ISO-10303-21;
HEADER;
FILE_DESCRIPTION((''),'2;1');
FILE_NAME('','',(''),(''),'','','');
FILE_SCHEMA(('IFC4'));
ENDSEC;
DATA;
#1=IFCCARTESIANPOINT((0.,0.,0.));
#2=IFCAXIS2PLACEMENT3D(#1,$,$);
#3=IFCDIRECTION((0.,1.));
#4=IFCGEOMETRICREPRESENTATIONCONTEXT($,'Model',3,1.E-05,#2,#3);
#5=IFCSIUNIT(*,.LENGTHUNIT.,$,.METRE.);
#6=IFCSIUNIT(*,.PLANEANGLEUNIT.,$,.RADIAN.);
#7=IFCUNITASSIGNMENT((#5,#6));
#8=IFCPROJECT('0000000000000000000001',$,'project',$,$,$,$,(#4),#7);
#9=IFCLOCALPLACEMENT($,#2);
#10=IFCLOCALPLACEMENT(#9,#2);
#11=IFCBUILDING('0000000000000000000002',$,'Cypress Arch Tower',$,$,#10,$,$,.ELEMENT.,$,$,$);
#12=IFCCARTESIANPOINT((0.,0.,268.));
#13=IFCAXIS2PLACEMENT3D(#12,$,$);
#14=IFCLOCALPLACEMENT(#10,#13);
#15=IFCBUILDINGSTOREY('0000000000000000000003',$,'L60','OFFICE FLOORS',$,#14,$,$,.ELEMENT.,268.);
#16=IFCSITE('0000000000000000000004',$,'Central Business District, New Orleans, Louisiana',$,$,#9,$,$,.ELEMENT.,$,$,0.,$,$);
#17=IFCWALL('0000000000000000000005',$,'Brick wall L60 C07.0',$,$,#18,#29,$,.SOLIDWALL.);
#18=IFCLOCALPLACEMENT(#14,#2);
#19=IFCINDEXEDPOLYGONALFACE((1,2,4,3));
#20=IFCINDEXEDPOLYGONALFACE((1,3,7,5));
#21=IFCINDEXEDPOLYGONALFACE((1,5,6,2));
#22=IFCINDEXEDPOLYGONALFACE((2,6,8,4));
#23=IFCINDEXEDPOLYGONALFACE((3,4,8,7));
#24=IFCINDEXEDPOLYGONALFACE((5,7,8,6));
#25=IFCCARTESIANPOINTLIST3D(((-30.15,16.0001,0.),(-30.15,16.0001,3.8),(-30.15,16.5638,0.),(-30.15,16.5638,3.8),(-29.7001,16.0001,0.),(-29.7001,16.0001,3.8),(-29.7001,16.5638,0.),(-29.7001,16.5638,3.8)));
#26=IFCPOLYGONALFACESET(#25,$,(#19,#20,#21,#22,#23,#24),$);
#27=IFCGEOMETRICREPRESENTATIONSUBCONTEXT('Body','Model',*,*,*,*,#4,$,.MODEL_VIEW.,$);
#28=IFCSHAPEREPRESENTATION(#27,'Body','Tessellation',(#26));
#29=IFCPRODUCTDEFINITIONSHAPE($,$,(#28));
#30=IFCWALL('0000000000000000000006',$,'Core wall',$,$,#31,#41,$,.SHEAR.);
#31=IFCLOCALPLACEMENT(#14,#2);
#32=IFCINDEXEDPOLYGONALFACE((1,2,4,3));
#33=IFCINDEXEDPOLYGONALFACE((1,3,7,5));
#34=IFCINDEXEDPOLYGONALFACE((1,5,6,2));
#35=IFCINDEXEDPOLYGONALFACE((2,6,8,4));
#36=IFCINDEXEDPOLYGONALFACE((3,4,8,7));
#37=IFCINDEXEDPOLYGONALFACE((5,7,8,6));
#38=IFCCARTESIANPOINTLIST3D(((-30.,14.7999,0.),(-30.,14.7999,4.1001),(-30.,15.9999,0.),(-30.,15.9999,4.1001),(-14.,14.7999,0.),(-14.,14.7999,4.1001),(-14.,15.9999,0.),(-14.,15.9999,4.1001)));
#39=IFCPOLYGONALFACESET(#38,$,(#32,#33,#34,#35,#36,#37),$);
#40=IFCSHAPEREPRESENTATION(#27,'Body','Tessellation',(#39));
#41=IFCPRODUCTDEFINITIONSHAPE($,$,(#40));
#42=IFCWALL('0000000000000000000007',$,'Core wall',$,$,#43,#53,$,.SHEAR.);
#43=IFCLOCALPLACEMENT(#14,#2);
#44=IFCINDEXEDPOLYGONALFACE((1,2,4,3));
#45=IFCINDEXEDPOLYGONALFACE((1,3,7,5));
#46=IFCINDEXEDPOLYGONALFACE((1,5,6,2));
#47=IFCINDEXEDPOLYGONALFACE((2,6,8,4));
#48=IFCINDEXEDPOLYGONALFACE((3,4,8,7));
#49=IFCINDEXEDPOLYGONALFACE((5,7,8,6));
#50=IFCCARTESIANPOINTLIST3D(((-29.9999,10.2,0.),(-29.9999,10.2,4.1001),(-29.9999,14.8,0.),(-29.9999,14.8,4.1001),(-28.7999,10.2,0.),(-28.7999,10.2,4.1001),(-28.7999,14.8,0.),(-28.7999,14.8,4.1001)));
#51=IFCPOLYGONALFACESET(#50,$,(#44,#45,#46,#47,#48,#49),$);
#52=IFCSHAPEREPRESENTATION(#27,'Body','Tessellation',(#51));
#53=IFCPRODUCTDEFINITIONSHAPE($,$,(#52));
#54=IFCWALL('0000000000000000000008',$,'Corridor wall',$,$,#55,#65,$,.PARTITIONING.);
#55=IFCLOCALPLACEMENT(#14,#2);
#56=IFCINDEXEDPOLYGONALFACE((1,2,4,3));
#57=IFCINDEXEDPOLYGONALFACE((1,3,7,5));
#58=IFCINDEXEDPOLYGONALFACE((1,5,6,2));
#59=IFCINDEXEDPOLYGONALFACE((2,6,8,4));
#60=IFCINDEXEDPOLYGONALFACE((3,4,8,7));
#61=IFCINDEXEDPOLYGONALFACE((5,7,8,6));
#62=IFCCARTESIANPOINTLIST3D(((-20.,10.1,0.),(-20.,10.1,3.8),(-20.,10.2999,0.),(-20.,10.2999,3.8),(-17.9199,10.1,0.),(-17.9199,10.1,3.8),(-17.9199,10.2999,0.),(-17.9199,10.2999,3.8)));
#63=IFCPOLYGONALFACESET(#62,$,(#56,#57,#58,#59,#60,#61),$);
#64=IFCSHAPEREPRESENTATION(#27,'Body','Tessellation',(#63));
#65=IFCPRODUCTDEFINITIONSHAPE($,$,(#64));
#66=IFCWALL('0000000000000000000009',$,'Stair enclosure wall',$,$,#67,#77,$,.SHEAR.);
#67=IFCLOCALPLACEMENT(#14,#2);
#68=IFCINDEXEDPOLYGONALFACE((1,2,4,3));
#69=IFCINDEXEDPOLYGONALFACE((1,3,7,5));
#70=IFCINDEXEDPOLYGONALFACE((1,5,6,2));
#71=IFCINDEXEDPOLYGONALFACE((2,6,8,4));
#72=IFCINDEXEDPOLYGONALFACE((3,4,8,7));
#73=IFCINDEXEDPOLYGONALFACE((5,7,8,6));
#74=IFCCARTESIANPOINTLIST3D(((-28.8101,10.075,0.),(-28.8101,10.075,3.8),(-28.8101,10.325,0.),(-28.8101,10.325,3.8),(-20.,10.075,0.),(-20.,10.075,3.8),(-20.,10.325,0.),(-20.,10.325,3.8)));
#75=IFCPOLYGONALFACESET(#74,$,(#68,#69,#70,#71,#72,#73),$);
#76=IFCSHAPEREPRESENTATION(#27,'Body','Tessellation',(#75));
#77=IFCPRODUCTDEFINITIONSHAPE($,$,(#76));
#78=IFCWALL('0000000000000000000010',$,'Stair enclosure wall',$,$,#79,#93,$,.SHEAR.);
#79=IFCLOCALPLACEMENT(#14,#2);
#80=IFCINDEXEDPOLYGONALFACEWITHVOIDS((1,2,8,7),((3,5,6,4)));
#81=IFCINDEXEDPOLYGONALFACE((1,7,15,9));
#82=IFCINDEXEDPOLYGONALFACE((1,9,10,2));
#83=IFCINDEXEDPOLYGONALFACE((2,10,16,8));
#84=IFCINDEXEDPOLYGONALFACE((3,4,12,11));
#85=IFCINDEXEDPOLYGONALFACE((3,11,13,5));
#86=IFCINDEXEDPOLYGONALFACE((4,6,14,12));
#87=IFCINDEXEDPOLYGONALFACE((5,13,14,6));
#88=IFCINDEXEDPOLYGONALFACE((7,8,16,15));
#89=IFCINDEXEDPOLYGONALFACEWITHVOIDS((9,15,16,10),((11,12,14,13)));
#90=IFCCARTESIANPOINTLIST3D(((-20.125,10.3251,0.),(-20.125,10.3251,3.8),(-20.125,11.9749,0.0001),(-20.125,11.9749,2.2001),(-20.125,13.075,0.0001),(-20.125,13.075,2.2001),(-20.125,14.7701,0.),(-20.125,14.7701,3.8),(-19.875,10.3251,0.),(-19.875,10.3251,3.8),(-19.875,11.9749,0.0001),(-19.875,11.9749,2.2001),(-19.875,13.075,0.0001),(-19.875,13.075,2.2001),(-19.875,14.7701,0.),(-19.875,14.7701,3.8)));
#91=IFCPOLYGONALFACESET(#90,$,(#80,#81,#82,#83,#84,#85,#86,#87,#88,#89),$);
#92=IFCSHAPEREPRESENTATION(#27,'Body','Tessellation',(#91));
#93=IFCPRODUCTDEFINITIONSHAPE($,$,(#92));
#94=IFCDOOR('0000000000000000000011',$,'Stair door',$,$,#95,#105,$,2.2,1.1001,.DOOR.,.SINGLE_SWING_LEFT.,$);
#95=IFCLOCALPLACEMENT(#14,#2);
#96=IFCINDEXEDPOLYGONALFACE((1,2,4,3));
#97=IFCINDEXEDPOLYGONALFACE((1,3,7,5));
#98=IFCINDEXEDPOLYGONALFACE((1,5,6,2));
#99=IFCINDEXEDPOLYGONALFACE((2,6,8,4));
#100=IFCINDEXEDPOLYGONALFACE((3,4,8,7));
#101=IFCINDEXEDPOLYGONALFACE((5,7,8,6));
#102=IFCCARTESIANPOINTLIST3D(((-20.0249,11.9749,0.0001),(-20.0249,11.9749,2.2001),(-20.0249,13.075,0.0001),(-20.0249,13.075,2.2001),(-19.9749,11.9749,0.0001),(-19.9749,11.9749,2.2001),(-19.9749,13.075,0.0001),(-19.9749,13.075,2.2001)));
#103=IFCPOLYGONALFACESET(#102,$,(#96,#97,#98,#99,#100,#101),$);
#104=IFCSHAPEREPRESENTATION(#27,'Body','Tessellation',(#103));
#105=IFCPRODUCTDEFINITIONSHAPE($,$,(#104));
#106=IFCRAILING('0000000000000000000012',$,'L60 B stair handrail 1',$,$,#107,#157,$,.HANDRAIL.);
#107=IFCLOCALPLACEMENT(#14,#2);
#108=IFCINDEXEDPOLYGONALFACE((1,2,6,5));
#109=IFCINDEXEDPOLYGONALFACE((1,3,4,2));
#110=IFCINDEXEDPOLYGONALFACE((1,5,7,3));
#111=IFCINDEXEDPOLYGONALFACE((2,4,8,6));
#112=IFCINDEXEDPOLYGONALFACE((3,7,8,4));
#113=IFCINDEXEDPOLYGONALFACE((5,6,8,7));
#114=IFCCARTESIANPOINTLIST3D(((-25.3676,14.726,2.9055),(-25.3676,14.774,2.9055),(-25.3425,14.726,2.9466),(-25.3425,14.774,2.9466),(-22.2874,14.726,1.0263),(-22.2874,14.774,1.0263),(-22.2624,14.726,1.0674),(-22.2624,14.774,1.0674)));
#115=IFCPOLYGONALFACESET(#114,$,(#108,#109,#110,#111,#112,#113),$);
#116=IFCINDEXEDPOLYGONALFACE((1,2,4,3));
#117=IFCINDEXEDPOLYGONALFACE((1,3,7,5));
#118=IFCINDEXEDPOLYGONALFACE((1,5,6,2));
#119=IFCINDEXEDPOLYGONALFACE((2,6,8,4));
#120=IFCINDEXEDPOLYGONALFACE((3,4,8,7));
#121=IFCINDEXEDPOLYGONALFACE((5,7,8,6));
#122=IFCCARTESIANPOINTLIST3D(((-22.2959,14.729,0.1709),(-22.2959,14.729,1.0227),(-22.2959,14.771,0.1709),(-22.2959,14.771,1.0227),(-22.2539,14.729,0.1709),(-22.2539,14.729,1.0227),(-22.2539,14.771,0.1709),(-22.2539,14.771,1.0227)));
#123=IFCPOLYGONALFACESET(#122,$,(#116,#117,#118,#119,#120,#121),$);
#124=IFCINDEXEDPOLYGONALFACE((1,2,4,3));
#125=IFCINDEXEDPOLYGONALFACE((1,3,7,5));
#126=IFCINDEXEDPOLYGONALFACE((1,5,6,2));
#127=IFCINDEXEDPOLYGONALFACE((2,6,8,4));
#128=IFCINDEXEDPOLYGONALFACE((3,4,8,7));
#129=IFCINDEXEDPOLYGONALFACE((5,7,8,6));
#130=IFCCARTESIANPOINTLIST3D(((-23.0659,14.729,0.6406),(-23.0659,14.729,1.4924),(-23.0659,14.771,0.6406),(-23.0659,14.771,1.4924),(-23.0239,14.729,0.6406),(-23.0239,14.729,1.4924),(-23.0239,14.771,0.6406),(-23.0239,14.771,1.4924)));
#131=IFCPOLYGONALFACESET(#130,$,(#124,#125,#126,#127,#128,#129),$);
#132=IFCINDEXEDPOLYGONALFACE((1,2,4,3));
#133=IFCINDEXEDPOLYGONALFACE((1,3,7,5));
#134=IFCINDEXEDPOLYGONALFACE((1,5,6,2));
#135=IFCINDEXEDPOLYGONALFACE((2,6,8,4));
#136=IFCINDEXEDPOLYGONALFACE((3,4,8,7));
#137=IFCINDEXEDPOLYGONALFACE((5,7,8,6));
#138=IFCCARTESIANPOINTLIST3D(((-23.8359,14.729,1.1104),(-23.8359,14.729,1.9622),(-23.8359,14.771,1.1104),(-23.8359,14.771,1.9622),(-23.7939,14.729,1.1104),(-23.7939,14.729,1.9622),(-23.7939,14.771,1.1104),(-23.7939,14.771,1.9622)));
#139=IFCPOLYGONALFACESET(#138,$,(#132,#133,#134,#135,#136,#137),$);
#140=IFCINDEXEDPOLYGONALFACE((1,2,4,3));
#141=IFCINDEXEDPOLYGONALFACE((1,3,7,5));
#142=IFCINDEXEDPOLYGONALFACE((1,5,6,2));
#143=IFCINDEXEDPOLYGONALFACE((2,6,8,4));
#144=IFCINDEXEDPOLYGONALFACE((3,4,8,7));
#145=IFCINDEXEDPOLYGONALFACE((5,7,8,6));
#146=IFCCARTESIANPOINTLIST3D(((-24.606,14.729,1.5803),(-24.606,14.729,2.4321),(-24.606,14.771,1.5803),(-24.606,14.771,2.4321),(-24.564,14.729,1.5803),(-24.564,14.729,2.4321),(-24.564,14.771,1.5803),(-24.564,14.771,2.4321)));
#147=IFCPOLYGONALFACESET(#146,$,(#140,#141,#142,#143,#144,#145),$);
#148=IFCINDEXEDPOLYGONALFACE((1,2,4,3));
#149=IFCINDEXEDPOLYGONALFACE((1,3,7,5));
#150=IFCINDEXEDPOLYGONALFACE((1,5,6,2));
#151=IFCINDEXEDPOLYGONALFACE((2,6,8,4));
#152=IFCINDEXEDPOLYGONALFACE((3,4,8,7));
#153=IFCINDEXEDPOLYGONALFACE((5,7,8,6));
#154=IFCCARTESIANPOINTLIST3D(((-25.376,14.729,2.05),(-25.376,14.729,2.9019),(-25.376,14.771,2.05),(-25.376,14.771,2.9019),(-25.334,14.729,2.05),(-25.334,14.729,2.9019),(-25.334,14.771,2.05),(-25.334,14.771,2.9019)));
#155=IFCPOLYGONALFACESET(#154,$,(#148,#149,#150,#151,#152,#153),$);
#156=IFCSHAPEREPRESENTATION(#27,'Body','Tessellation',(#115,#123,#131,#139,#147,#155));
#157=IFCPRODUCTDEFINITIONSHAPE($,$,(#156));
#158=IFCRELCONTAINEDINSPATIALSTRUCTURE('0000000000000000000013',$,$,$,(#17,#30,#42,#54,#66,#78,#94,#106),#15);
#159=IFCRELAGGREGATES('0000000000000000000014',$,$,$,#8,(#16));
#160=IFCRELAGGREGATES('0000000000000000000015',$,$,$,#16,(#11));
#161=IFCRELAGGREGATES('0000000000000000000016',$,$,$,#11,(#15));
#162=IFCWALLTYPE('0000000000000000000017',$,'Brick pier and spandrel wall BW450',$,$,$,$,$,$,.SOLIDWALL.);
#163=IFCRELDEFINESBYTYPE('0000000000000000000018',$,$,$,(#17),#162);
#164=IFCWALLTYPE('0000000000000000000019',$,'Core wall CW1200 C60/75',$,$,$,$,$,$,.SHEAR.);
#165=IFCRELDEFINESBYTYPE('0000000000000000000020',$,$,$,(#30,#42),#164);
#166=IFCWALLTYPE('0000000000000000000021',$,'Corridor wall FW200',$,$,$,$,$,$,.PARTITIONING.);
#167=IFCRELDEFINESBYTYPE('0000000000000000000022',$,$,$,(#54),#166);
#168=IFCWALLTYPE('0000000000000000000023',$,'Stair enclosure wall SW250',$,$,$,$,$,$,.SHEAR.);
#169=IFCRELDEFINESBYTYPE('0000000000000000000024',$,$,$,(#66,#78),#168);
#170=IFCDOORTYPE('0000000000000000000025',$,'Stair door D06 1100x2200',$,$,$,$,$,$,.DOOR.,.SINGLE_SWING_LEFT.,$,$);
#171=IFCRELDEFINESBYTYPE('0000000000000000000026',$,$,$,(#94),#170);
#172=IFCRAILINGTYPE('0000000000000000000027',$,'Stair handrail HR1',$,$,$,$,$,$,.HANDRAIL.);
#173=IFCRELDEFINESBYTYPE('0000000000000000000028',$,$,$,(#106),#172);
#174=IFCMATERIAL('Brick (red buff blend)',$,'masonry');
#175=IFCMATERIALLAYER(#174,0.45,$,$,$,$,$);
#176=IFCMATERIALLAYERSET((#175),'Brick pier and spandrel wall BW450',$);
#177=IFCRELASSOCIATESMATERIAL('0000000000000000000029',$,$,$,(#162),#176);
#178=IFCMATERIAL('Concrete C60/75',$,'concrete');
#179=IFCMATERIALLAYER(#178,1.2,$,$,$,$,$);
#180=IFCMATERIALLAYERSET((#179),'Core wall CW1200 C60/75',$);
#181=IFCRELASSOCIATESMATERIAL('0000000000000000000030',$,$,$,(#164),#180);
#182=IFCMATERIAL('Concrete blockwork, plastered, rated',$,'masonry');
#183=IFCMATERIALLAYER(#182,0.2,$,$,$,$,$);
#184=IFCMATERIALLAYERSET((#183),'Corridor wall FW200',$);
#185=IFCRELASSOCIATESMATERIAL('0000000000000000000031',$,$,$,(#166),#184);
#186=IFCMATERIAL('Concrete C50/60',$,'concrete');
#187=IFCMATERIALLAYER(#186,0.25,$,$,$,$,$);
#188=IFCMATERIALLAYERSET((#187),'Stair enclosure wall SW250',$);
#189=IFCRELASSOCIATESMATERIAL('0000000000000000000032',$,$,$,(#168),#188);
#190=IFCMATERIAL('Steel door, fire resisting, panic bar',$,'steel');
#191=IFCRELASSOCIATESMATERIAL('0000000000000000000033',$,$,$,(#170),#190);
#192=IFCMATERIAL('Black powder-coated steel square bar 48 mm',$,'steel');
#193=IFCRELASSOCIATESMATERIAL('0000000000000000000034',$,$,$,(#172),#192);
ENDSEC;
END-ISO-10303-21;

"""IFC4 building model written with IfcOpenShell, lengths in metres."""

from ifc_helpers import new_model, si_unit, direction, frame, frame_2d, origin, origin_2d, place, context, subcontext, project, spatial, rectangle, extrude, material, layer, layer_set, type_object, element, fill, save


model = new_model("IFC4")

# Units and contexts
model_context = context("Model", 3, precision=1e-05, world=origin(), true_north=direction((0.0, 1.0)))
body_context = subcontext(model_context, "Body", "Model", "MODEL_VIEW")
ifc_project = project(units=[si_unit("LENGTHUNIT", "METRE"), si_unit("PLANEANGLEUNIT", "RADIAN")], contexts=[model_context])

# Site, building, storey
site_placement = place(None, origin())
site = spatial("IfcSite", under=ifc_project, at=site_placement, Name="Central Business District, New Orleans, Louisiana", CompositionType="ELEMENT", RefElevation=0.0)
building_placement = place(site_placement, origin())
building = spatial("IfcBuilding", under=site, at=building_placement, Name="Cypress Arch Tower", CompositionType="ELEMENT")
storey_placement = place(building_placement, frame((0.0, 0.0, 268.0)))
storey = spatial("IfcBuildingStorey", under=building, at=storey_placement, Name="L60", Description="OFFICE FLOORS", CompositionType="ELEMENT", Elevation=268.0)

# Shared definitions
ifc_material_1 = material(Name="Brick (red buff blend)", Category="masonry")
ifc_layer_1 = layer(ifc_material_1, 0.45)
ifc_layer_set_1 = layer_set([ifc_layer_1], Name="Brick pier and spandrel wall BW450")
wall_type_1 = type_object("IfcWallType", Name="Brick pier and spandrel wall BW450", PredefinedType="SOLIDWALL", material=ifc_layer_set_1)

# Walls
wall_1_placement = place(storey_placement, frame((-29.925, 16.5637, 0.0), z_axis=(0.0, 0.0, 1.0), x_axis=(0.0, -1.0, 0.0)))
element("IfcWall", 1, at=wall_1_placement, inside=storey, type_object=wall_type_1, Name="Brick wall L60 C07.0", PredefinedType="SOLIDWALL", context=body_context, shape_type="SweptSolid", body=[
    extrude(rectangle(XDim=0.5637, YDim=0.45, at=frame_2d((0.2817, 0.0))), origin(), (0.0, 0.0, 1.0), 3.8),
])
ifc_material_2 = material(Name="Concrete C60/75", Category="concrete")
ifc_layer_2 = layer(ifc_material_2, 1.2)
ifc_layer_set_2 = layer_set([ifc_layer_2], Name="Core wall CW1200 C60/75")
wall_type_2 = type_object("IfcWallType", Name="Core wall CW1200 C60/75", PredefinedType="SHEAR", material=ifc_layer_set_2)
wall_2_placement = place(storey_placement, frame((-30.0, 15.3999, 0.0), z_axis=(0.0, 0.0, 1.0), x_axis=(1.0, 0.0, 0.0)))
element("IfcWall", 2, at=wall_2_placement, inside=storey, type_object=wall_type_2, Name="Core wall", PredefinedType="SHEAR", context=body_context, shape_type="SweptSolid", body=[
    extrude(rectangle(XDim=16.0, YDim=1.2, at=frame_2d((8.0, 0.0))), origin(), (0.0, 0.0, 1.0), 4.1001),
])
wall_3_placement = place(storey_placement, frame((-29.3999, 10.2, 0.0), z_axis=(0.0, 0.0, 1.0), x_axis=(0.0, 1.0, 0.0)))
element("IfcWall", 3, at=wall_3_placement, inside=storey, type_object=wall_type_2, Name="Core wall", PredefinedType="SHEAR", context=body_context, shape_type="SweptSolid", body=[
    extrude(rectangle(XDim=4.6001, YDim=1.2, at=frame_2d((2.3, 0.0))), origin(), (0.0, 0.0, 1.0), 4.1001),
])
ifc_material_3 = material(Name="Concrete blockwork, plastered, rated", Category="masonry")
ifc_layer_3 = layer(ifc_material_3, 0.2)
ifc_layer_set_3 = layer_set([ifc_layer_3], Name="Corridor wall FW200")
wall_type_3 = type_object("IfcWallType", Name="Corridor wall FW200", PredefinedType="PARTITIONING", material=ifc_layer_set_3)
wall_4_placement = place(storey_placement, frame((-20.0, 10.2, 0.0), z_axis=(0.0, 0.0, 1.0), x_axis=(1.0, 0.0, 0.0)))
element("IfcWall", 4, at=wall_4_placement, inside=storey, type_object=wall_type_3, Name="Corridor wall", PredefinedType="PARTITIONING", context=body_context, shape_type="SweptSolid", body=[
    extrude(rectangle(XDim=2.0801, YDim=0.2, at=frame_2d((1.04, 0.0))), origin(), (0.0, 0.0, 1.0), 3.8),
])
ifc_material_4 = material(Name="Concrete C50/60", Category="concrete")
ifc_layer_4 = layer(ifc_material_4, 0.25)
ifc_layer_set_4 = layer_set([ifc_layer_4], Name="Stair enclosure wall SW250")
wall_type_4 = type_object("IfcWallType", Name="Stair enclosure wall SW250", PredefinedType="SHEAR", material=ifc_layer_set_4)
wall_5_placement = place(storey_placement, frame((-28.8101, 10.2, 0.0), z_axis=(0.0, 0.0, 1.0), x_axis=(1.0, 0.0, 0.0)))
element("IfcWall", 5, at=wall_5_placement, inside=storey, type_object=wall_type_4, Name="Stair enclosure wall", PredefinedType="SHEAR", context=body_context, shape_type="SweptSolid", body=[
    extrude(rectangle(XDim=8.8101, YDim=0.25, at=frame_2d((4.405, 0.0))), origin(), (0.0, 0.0, 1.0), 3.8),
])

# Wall, opening, door
wall_6_placement = place(storey_placement, frame((-20.0, 10.325, 0.0), z_axis=(0.0, 0.0, 1.0), x_axis=(0.0, 1.0, 0.0)))
wall_6 = element("IfcWall", 6, at=wall_6_placement, inside=storey, type_object=wall_type_4, Name="Stair enclosure wall", PredefinedType="SHEAR", context=body_context, shape_type="SweptSolid", body=[
    extrude(rectangle(XDim=4.4451, YDim=0.25, at=frame_2d((2.2227, 0.0))), origin(), (0.0, 0.0, 1.0), 3.8),
])
opening_1_placement = place(wall_6_placement, frame((1.6499, 0.0, 0.0)))
opening_1 = element("IfcOpeningElement", 7, at=opening_1_placement, cuts=wall_6, PredefinedType="OPENING", context=body_context, shape_type="SweptSolid", body=[
    extrude(rectangle(XDim=1.1001, YDim=2.2, at=frame_2d((0.55, 1.1001))), frame((0.0, 0.135, 0.0), z_axis=(0.0, -1.0, 0.0), x_axis=(1.0, 0.0, 0.0)), (0.0, 0.0, 1.0), 0.27),
])
ifc_material_5 = material(Name="Steel door, fire resisting, panic bar", Category="steel")
door_type = type_object("IfcDoorType", Name="Stair door D06 1100x2200", OperationType="SINGLE_SWING_LEFT", PredefinedType="DOOR", material=ifc_material_5)
door_placement = place(opening_1_placement, origin())
door = element("IfcDoor", 8, at=door_placement, inside=storey, type_object=door_type, Name="Stair door", OperationType="SINGLE_SWING_LEFT", OverallHeight=2.2, OverallWidth=1.1001, PredefinedType="DOOR", context=body_context, shape_type="SweptSolid", body=[
    extrude(rectangle(XDim=1.1001, YDim=2.2, at=frame_2d((0.55, 1.1001))), frame((0.0, 0.0249, 0.0), z_axis=(0.0, -1.0, 0.0), x_axis=(1.0, 0.0, 0.0)), (0.0, 0.0, 1.0), 0.05),
])
fill(opening_1, door)

# Railing
ifc_material_6 = material(Name="Black powder-coated steel square bar 48 mm", Category="steel")
railing_type_1 = type_object("IfcRailingType", Name="Stair handrail HR1", PredefinedType="HANDRAIL", material=ifc_material_6)
railing_1_placement = place(storey_placement, frame((-22.2749, 14.75, 0.1709)))
element("IfcRailing", 9, at=railing_1_placement, inside=storey, type_object=railing_type_1, Name="L60 B stair handrail 1", PredefinedType="HANDRAIL", context=body_context, shape_type="SweptSolid", body=[
    extrude(rectangle(XDim=0.0481, YDim=0.0481, at=origin_2d()), frame((0.0, 0.0, 0.876), z_axis=(-0.853666, 0.0, 0.52082), x_axis=(0.0, -1.0, 0.0)), (0.0, 0.0, 1.0), 3.6082),
    extrude(rectangle(XDim=0.042, YDim=0.042, at=origin_2d()), origin(), (0.0, 0.0, 1.0), 0.8518),
    extrude(rectangle(XDim=0.042, YDim=0.042, at=origin_2d()), frame((-0.77, 0.0, 0.4697)), (0.0, 0.0, 1.0), 0.8518),
    extrude(rectangle(XDim=0.042, YDim=0.042, at=origin_2d()), frame((-1.54, 0.0, 0.9395)), (0.0, 0.0, 1.0), 0.8518),
    extrude(rectangle(XDim=0.042, YDim=0.042, at=origin_2d()), frame((-2.3101, 0.0, 1.4094)), (0.0, 0.0, 1.0), 0.8518),
    extrude(rectangle(XDim=0.042, YDim=0.042, at=origin_2d()), frame((-3.0801, 0.0, 1.8792)), (0.0, 0.0, 1.0), 0.8518),
])

save(model, "model.ifc")
